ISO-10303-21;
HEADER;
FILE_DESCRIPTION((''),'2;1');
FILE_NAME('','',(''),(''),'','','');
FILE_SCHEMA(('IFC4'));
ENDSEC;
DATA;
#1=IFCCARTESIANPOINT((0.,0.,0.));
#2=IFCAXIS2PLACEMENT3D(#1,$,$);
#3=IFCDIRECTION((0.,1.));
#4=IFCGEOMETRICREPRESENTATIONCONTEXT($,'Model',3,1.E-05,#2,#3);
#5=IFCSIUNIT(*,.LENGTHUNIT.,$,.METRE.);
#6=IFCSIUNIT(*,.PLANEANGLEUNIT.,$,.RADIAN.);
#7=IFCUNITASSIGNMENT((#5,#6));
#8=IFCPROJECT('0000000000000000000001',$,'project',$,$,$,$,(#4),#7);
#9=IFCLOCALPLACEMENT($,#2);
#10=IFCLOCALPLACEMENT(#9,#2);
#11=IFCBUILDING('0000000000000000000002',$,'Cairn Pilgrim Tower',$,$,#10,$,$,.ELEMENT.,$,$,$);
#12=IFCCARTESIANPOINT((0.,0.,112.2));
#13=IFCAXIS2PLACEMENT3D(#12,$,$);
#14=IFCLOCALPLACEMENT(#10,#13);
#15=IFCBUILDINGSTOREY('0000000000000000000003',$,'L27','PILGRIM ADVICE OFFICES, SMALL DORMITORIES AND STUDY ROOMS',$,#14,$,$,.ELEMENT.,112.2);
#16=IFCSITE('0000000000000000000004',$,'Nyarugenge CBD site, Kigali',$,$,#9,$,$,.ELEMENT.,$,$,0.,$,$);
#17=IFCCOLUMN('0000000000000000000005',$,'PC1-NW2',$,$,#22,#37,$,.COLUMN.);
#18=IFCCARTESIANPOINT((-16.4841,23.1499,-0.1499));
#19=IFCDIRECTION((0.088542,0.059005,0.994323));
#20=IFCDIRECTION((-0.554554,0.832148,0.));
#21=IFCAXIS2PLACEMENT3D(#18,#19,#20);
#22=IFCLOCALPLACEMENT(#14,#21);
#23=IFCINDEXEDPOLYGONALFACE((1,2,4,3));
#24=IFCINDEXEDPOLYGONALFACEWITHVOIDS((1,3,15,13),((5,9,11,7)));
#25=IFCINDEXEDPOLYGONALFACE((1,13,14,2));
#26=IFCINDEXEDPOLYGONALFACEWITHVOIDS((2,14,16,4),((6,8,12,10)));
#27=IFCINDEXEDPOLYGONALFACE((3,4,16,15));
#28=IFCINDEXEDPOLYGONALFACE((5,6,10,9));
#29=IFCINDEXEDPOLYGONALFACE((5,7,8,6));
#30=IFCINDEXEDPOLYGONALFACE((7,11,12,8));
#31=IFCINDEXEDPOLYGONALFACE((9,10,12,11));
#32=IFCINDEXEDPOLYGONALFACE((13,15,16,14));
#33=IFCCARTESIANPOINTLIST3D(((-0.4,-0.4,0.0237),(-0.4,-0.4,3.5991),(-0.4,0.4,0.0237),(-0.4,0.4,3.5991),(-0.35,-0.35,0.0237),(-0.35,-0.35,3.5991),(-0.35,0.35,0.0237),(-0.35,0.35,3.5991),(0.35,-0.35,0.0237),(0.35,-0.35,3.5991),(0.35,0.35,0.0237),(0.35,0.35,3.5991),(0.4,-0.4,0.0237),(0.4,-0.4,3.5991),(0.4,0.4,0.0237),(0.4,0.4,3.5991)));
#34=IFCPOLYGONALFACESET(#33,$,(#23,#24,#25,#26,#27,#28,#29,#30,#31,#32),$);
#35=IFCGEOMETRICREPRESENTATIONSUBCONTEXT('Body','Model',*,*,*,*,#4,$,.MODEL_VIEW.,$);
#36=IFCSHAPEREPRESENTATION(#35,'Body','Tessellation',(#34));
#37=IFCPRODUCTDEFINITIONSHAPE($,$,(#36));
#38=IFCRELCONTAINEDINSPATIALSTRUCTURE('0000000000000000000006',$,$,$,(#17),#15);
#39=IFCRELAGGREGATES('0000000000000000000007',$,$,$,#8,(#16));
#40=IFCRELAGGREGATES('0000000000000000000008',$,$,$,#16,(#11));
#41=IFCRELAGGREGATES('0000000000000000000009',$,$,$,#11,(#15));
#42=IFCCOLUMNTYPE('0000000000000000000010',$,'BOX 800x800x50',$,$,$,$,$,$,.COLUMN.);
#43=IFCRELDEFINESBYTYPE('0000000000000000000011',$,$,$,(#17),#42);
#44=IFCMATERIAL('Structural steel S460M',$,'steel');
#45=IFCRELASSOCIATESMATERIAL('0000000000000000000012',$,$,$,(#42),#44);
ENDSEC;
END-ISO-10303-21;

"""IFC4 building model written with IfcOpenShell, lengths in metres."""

from ifc_helpers import new_model, si_unit, direction, frame, origin, origin_2d, place, context, subcontext, project, spatial, hollow_rectangle, extrude, clip, halfspace, material, material_profile, profile_set, type_object, element, save


model = new_model("IFC4")

# Units and contexts
model_context = context("Model", 3, precision=1e-05, world=origin(), true_north=direction((0.0, 1.0)))
body_context = subcontext(model_context, "Body", "Model", "MODEL_VIEW")
ifc_project = project(units=[si_unit("LENGTHUNIT", "METRE"), si_unit("PLANEANGLEUNIT", "RADIAN")], contexts=[model_context])

# Site, building, storey
site_placement = place(None, origin())
site = spatial("IfcSite", under=ifc_project, at=site_placement, Name="Nyarugenge CBD site, Kigali", CompositionType="ELEMENT", RefElevation=0.0)
building_placement = place(site_placement, origin())
building = spatial("IfcBuilding", under=site, at=building_placement, Name="Cairn Pilgrim Tower", CompositionType="ELEMENT")
storey_placement = place(building_placement, frame((0.0, 0.0, 112.2)))
storey = spatial("IfcBuildingStorey", under=building, at=storey_placement, Name="L27", Description="PILGRIM ADVICE OFFICES, SMALL DORMITORIES AND STUDY ROOMS", CompositionType="ELEMENT", Elevation=112.2)

# Column
ifc_material_1 = material(Name="Structural steel S460M", Category="steel")
ifc_material_profile_1 = material_profile(ifc_material_1, hollow_rectangle(XDim=0.8, YDim=0.8, WallThickness=0.05, at=origin_2d()), Name="BOX 800x800x50")
ifc_profile_set_1 = profile_set([ifc_material_profile_1], Name="Structural steel S460M")
column_type_1 = type_object("IfcColumnType", Name="BOX 800x800x50", PredefinedType="COLUMN", material=ifc_profile_set_1)
column_1_placement = place(storey_placement, frame((-16.4841, 23.1499, -0.1499), z_axis=(0.088542, 0.059005, 0.994323), x_axis=(-0.554554, 0.832148, 0.0)))
element("IfcColumn", 1, at=column_1_placement, inside=storey, type_object=column_type_1, Name="PC1-NW2", PredefinedType="COLUMN", context=body_context, shape_type="Clipping", body=[
    clip(clip(extrude(hollow_rectangle(XDim=0.8, YDim=0.8, WallThickness=0.05, at=origin_2d()), origin(), (0.0, 0.0, 1.0), 3.6204), halfspace(frame((0.0, 0.0, 0.0237), z_axis=(0.0, 0.0, 1.0), x_axis=(1.0, 0.0, 0.0)), True)), halfspace(frame((0.0, 0.0, 3.5991), z_axis=(0.0, 0.0, 1.0), x_axis=(1.0, 0.0, 0.0)), False)),
])

save(model, "model.ifc")
